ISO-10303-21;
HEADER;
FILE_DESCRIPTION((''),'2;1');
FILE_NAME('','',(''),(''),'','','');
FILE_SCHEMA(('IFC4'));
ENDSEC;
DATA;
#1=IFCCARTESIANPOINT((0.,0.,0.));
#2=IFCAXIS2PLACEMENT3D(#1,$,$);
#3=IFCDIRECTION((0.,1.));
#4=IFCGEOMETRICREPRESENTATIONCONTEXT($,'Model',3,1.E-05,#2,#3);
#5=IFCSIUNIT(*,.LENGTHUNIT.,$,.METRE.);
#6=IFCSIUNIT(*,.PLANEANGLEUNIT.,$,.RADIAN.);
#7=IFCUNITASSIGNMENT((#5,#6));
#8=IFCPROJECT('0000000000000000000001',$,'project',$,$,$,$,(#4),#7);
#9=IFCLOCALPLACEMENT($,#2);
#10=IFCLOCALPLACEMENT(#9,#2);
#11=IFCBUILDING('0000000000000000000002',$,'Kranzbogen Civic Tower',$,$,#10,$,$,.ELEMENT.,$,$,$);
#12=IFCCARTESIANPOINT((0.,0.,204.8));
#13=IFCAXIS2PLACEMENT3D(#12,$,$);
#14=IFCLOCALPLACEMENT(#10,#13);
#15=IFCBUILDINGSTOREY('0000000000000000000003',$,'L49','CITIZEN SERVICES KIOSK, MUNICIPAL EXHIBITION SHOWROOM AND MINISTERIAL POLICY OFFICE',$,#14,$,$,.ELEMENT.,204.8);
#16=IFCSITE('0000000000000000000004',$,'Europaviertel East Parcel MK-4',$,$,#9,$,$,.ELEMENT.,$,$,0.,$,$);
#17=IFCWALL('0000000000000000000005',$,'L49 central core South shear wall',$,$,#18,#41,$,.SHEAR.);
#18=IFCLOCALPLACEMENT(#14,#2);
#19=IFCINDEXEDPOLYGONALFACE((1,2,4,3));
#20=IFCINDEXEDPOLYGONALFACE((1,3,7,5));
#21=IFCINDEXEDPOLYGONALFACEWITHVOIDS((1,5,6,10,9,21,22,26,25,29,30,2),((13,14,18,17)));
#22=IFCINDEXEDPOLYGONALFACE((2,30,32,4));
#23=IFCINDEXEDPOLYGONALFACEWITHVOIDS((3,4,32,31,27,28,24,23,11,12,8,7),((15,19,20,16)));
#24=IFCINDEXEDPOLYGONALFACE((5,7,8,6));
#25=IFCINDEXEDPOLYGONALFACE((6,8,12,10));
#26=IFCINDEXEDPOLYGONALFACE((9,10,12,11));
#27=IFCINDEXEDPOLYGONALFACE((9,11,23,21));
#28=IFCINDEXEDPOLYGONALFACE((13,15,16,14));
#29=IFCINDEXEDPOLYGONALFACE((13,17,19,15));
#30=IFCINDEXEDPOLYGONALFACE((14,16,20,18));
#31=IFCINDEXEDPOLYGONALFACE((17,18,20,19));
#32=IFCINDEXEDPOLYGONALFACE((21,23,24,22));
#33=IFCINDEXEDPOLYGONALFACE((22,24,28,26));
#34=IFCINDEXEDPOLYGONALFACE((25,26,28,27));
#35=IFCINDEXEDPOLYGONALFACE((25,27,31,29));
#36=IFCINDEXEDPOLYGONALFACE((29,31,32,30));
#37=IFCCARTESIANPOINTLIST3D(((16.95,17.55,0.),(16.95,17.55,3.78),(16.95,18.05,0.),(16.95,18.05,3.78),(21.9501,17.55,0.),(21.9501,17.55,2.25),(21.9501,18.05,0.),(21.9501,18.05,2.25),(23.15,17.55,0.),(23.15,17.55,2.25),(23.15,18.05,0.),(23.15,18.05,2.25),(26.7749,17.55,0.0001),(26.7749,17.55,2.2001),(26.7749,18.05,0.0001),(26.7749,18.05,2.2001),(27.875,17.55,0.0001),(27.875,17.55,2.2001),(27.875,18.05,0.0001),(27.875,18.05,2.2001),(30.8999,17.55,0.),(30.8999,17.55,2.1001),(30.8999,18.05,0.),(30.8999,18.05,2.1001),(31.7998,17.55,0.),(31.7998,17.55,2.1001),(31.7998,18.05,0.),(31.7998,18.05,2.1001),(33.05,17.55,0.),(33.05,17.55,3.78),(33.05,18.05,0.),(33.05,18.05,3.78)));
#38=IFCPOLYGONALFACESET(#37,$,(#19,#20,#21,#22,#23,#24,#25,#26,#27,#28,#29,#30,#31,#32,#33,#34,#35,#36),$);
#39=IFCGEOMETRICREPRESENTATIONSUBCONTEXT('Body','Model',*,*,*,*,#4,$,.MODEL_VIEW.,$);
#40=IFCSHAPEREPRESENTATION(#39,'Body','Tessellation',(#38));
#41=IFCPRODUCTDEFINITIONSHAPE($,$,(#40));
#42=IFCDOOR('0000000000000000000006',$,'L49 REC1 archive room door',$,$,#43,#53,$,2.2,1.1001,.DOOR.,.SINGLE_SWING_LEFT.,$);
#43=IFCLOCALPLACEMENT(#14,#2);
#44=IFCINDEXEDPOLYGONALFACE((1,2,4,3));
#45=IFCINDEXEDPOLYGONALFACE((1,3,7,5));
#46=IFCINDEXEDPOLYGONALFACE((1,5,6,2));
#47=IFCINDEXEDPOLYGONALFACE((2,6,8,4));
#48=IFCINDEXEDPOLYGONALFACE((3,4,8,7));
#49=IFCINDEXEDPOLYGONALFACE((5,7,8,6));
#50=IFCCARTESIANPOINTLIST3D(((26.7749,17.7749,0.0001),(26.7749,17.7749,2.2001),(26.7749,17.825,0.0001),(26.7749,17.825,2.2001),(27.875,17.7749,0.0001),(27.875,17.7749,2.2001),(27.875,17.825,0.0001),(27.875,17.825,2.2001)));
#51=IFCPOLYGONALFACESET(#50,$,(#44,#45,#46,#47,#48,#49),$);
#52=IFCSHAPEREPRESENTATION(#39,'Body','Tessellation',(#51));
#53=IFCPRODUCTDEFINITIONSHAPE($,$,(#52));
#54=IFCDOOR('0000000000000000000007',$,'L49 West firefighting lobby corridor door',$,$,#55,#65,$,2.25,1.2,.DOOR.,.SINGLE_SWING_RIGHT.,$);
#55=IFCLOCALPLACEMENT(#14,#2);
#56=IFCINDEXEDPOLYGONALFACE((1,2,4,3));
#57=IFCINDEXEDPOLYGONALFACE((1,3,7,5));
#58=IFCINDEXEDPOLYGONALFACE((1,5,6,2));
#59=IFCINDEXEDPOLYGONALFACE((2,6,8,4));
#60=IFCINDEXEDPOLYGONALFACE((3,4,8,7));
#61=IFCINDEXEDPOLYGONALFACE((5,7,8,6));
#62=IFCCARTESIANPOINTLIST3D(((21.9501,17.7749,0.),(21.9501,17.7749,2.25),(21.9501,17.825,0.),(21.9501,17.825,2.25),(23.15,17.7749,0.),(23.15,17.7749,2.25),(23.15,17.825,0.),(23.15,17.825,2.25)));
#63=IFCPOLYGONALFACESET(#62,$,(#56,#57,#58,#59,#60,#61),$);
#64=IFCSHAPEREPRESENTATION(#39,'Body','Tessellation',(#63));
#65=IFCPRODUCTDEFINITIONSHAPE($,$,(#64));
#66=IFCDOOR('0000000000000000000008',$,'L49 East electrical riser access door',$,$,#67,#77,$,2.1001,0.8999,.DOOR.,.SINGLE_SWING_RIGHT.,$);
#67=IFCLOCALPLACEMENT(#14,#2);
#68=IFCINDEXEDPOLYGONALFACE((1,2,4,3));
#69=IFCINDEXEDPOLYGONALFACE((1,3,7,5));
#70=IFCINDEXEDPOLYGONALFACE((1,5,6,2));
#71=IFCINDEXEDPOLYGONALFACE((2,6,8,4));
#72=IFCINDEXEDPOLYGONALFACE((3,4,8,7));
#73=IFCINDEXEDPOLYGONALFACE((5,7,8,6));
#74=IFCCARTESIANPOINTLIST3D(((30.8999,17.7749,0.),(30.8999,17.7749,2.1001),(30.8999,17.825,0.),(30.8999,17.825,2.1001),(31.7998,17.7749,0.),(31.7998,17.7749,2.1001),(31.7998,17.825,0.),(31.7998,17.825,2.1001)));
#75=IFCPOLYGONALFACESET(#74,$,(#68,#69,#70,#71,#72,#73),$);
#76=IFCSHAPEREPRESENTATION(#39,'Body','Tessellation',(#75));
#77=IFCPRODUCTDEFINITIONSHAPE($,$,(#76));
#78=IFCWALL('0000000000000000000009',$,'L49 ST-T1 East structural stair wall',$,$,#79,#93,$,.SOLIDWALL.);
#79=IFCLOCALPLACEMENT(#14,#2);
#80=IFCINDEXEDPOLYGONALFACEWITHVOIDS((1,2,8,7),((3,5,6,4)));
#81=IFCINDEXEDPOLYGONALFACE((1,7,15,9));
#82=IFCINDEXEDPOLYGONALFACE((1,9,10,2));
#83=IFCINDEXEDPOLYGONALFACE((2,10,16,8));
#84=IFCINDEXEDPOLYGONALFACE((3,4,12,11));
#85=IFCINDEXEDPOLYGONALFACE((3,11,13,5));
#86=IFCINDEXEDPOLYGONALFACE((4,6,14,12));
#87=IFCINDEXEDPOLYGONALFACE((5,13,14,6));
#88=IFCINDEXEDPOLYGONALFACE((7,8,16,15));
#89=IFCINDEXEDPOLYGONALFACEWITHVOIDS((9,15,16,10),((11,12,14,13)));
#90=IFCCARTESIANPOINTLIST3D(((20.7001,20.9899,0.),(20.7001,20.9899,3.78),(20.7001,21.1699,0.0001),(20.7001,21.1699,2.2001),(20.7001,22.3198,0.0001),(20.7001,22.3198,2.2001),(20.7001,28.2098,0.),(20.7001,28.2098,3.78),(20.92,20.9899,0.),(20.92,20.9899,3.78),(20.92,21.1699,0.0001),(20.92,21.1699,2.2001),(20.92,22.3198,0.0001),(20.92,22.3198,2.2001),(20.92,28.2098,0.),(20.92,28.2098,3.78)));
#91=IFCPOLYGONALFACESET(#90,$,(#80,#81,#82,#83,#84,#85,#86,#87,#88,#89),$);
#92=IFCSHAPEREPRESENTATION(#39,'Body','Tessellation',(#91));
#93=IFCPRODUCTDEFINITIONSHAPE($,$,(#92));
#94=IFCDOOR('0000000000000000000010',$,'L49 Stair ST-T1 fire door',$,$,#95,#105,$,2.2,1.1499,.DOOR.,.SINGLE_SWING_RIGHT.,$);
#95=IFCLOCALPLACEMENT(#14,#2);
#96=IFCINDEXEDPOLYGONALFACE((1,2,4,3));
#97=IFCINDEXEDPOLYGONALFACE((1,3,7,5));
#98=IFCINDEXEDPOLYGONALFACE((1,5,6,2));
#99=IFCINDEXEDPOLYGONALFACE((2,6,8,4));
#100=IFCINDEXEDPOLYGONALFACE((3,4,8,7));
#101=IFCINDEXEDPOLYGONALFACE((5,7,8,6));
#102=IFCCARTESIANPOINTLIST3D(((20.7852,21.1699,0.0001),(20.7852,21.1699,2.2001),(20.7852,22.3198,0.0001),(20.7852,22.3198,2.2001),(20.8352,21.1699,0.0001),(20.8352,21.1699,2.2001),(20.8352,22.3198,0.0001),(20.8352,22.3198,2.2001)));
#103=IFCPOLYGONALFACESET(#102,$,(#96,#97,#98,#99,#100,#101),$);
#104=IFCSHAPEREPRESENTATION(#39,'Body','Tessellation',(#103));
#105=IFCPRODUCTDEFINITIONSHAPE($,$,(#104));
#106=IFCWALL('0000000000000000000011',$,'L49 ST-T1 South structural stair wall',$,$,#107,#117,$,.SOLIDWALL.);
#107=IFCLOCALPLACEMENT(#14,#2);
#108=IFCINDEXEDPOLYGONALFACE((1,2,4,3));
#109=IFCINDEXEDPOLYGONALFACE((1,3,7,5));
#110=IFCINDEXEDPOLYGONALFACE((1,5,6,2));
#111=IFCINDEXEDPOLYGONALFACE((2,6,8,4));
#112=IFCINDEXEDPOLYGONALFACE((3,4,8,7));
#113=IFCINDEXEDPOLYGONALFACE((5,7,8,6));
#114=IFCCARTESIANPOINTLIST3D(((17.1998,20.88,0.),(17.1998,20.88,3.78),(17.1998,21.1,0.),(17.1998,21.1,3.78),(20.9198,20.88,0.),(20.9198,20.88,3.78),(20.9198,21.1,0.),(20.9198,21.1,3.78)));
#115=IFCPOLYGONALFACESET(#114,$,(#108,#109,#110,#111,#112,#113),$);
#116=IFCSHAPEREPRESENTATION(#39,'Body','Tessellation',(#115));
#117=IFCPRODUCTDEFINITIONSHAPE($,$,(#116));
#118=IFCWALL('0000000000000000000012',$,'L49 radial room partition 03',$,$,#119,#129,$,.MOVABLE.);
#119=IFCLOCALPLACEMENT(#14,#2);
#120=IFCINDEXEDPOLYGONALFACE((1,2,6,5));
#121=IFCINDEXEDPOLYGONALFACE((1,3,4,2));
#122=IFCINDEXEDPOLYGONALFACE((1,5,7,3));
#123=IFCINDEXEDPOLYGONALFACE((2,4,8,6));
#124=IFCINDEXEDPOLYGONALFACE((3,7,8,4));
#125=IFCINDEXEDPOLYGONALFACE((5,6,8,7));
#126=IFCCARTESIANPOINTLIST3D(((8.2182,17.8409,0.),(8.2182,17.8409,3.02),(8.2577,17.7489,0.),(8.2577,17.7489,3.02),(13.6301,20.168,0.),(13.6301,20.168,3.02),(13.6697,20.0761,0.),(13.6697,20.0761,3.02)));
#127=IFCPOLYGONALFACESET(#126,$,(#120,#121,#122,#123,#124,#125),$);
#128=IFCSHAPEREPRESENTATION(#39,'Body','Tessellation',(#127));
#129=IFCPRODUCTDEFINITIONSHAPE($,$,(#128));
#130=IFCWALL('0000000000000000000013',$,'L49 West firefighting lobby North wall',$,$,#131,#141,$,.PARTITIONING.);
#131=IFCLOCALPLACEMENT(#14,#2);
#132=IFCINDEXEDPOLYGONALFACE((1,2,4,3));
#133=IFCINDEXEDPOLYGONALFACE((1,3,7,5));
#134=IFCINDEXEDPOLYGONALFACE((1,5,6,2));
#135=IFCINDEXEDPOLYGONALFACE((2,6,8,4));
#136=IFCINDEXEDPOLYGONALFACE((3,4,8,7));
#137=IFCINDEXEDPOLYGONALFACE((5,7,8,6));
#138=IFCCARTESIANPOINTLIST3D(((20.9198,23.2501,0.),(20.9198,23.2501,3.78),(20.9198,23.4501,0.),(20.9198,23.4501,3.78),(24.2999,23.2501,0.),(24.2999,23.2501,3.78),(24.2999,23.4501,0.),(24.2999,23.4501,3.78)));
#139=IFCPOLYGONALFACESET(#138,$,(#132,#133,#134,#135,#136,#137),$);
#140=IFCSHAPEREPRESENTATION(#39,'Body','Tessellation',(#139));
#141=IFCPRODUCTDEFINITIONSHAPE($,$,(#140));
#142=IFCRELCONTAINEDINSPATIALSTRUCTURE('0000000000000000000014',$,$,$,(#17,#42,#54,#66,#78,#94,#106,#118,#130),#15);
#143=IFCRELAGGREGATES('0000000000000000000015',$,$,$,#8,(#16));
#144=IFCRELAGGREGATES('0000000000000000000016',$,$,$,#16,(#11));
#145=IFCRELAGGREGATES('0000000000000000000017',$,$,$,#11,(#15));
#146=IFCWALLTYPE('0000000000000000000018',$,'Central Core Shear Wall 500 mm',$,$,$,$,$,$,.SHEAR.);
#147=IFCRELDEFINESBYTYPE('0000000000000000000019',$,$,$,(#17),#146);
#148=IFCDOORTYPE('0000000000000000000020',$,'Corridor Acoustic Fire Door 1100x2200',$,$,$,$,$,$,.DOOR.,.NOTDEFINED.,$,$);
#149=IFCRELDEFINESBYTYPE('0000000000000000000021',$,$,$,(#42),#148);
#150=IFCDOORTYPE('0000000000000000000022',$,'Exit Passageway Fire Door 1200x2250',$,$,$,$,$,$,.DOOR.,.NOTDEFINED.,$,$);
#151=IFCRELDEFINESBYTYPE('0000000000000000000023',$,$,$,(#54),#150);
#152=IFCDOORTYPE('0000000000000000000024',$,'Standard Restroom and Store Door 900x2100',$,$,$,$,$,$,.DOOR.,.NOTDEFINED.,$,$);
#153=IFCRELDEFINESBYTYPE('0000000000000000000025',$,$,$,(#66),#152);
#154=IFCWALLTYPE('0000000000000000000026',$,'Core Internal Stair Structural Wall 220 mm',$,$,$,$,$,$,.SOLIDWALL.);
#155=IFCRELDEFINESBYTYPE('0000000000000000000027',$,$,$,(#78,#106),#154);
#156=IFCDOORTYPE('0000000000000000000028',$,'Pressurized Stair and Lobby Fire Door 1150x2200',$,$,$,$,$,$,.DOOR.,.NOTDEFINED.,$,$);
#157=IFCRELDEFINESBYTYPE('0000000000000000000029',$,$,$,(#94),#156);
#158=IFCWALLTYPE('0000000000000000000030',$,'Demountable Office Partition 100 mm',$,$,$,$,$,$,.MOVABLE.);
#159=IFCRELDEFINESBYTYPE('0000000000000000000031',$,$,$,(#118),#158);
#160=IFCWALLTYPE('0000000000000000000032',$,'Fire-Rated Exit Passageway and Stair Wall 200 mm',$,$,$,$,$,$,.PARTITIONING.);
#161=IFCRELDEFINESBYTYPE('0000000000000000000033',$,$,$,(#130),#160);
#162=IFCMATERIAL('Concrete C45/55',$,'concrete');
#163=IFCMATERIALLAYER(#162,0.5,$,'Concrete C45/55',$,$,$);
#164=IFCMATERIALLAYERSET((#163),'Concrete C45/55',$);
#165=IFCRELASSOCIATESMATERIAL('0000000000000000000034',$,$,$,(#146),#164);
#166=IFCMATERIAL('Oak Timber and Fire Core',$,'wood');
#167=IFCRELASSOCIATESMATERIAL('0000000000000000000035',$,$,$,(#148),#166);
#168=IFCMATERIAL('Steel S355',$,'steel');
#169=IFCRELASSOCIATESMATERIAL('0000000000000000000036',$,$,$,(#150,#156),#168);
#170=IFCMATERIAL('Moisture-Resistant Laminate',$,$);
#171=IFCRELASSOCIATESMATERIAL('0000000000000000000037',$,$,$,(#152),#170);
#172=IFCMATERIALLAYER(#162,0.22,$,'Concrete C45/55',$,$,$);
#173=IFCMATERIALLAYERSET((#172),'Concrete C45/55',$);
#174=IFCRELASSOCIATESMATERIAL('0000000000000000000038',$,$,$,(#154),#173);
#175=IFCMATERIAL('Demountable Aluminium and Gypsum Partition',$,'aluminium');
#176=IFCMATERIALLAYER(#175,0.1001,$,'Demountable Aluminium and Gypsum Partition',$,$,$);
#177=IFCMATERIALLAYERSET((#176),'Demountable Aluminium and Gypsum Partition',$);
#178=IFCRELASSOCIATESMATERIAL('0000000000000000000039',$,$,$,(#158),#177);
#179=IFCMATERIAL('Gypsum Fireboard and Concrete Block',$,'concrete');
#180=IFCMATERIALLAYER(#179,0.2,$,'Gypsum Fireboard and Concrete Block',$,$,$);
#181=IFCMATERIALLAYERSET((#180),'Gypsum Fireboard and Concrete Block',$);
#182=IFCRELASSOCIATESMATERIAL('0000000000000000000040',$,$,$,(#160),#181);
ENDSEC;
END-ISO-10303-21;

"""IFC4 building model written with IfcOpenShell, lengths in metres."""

from ifc_helpers import new_model, si_unit, direction, frame, frame_2d, origin, place, context, subcontext, project, spatial, rectangle, extrude, material, layer, layer_set, type_object, element, fill, save


model = new_model("IFC4")

# Units and contexts
model_context = context("Model", 3, precision=1e-05, world=origin(), true_north=direction((0.0, 1.0)))
body_context = subcontext(model_context, "Body", "Model", "MODEL_VIEW")
ifc_project = project(units=[si_unit("LENGTHUNIT", "METRE"), si_unit("PLANEANGLEUNIT", "RADIAN")], contexts=[model_context])

# Site, building, storey
site_placement = place(None, origin())
site = spatial("IfcSite", under=ifc_project, at=site_placement, Name="Europaviertel East Parcel MK-4", CompositionType="ELEMENT", RefElevation=0.0)
building_placement = place(site_placement, origin())
building = spatial("IfcBuilding", under=site, at=building_placement, Name="Kranzbogen Civic Tower", CompositionType="ELEMENT")
storey_placement = place(building_placement, frame((0.0, 0.0, 204.8)))
storey = spatial("IfcBuildingStorey", under=building, at=storey_placement, Name="L49", Description="CITIZEN SERVICES KIOSK, MUNICIPAL EXHIBITION SHOWROOM AND MINISTERIAL POLICY OFFICE", CompositionType="ELEMENT", Elevation=204.8)

# Shared definitions
ifc_material_1 = material(Name="Steel S355", Category="steel")

# Wall, openings, doors
ifc_material_2 = material(Name="Concrete C45/55", Category="concrete")
ifc_layer_1 = layer(ifc_material_2, 0.5, Name="Concrete C45/55")
ifc_layer_set_1 = layer_set([ifc_layer_1], Name="Concrete C45/55")
wall_type_1 = type_object("IfcWallType", Name="Central Core Shear Wall 500 mm", PredefinedType="SHEAR", material=ifc_layer_set_1)
wall_1_placement = place(storey_placement, frame((16.95, 17.8, 0.0), z_axis=(0.0, 0.0, 1.0), x_axis=(1.0, 0.0, 0.0)))
wall_1 = element("IfcWall", 1, at=wall_1_placement, inside=storey, type_object=wall_type_1, Name="L49 central core South shear wall", PredefinedType="SHEAR", context=body_context, shape_type="SweptSolid", body=[
    extrude(rectangle(XDim=16.1001, YDim=0.5, at=frame_2d((8.05, 0.0))), origin(), (0.0, 0.0, 1.0), 3.78),
])
opening_1_placement = place(wall_1_placement, frame((5.0, 0.0, 0.0)))
opening_1 = element("IfcOpeningElement", 2, at=opening_1_placement, cuts=wall_1, PredefinedType="OPENING", context=body_context, shape_type="SweptSolid", body=[
    extrude(rectangle(XDim=1.2, YDim=2.25, at=frame_2d((0.6001, 1.125))), frame((0.0, 0.26, 0.0), z_axis=(0.0, -1.0, 0.0), x_axis=(1.0, 0.0, 0.0)), (0.0, 0.0, 1.0), 0.52),
])
opening_2_placement = place(wall_1_placement, frame((13.95, 0.0, 0.0)))
opening_2 = element("IfcOpeningElement", 3, at=opening_2_placement, cuts=wall_1, PredefinedType="OPENING", context=body_context, shape_type="SweptSolid", body=[
    extrude(rectangle(XDim=0.8999, YDim=2.1001, at=frame_2d((0.45, 1.05))), frame((0.0, 0.26, 0.0), z_axis=(0.0, -1.0, 0.0), x_axis=(1.0, 0.0, 0.0)), (0.0, 0.0, 1.0), 0.52),
])
opening_3_placement = place(wall_1_placement, frame((9.825, 0.0, 0.0)))
opening_3 = element("IfcOpeningElement", 4, at=opening_3_placement, cuts=wall_1, PredefinedType="OPENING", context=body_context, shape_type="SweptSolid", body=[
    extrude(rectangle(XDim=1.1001, YDim=2.2, at=frame_2d((0.55, 1.1001))), frame((0.0, 0.26, 0.0), z_axis=(0.0, -1.0, 0.0), x_axis=(1.0, 0.0, 0.0)), (0.0, 0.0, 1.0), 0.52),
])
ifc_material_3 = material(Name="Oak Timber and Fire Core", Category="wood")
door_type_1 = type_object("IfcDoorType", Name="Corridor Acoustic Fire Door 1100x2200", OperationType="NOTDEFINED", PredefinedType="DOOR", material=ifc_material_3)
door_1_placement = place(opening_3_placement, origin())
door_1 = element("IfcDoor", 5, at=door_1_placement, inside=storey, type_object=door_type_1, Name="L49 REC1 archive room door", OperationType="SINGLE_SWING_LEFT", OverallHeight=2.2, OverallWidth=1.1001, PredefinedType="DOOR", context=body_context, shape_type="SweptSolid", body=[
    extrude(rectangle(XDim=1.1001, YDim=2.2, at=frame_2d((0.55, 1.1001))), frame((0.0, 0.0249, 0.0), z_axis=(0.0, -1.0, 0.0), x_axis=(1.0, 0.0, 0.0)), (0.0, 0.0, 1.0), 0.05),
])
fill(opening_3, door_1)
door_type_2 = type_object("IfcDoorType", Name="Exit Passageway Fire Door 1200x2250", OperationType="NOTDEFINED", PredefinedType="DOOR", material=ifc_material_1)
door_2_placement = place(opening_1_placement, origin())
door_2 = element("IfcDoor", 6, at=door_2_placement, inside=storey, type_object=door_type_2, Name="L49 West firefighting lobby corridor door", OperationType="SINGLE_SWING_RIGHT", OverallHeight=2.25, OverallWidth=1.2, PredefinedType="DOOR", context=body_context, shape_type="SweptSolid", body=[
    extrude(rectangle(XDim=1.2, YDim=2.25, at=frame_2d((0.6001, 1.125))), frame((0.0, 0.0249, 0.0), z_axis=(0.0, -1.0, 0.0), x_axis=(1.0, 0.0, 0.0)), (0.0, 0.0, 1.0), 0.05),
])
fill(opening_1, door_2)
ifc_material_4 = material(Name="Moisture-Resistant Laminate")
door_type_3 = type_object("IfcDoorType", Name="Standard Restroom and Store Door 900x2100", OperationType="NOTDEFINED", PredefinedType="DOOR", material=ifc_material_4)
door_3_placement = place(opening_2_placement, origin())
door_3 = element("IfcDoor", 7, at=door_3_placement, inside=storey, type_object=door_type_3, Name="L49 East electrical riser access door", OperationType="SINGLE_SWING_RIGHT", OverallHeight=2.1001, OverallWidth=0.8999, PredefinedType="DOOR", context=body_context, shape_type="SweptSolid", body=[
    extrude(rectangle(XDim=0.8999, YDim=2.1001, at=frame_2d((0.45, 1.05))), frame((0.0, 0.0249, 0.0), z_axis=(0.0, -1.0, 0.0), x_axis=(1.0, 0.0, 0.0)), (0.0, 0.0, 1.0), 0.05),
])
fill(opening_2, door_3)

# Wall, opening, door
ifc_layer_2 = layer(ifc_material_2, 0.22, Name="Concrete C45/55")
ifc_layer_set_2 = layer_set([ifc_layer_2], Name="Concrete C45/55")
wall_type_2 = type_object("IfcWallType", Name="Core Internal Stair Structural Wall 220 mm", PredefinedType="SOLIDWALL", material=ifc_layer_set_2)
wall_2_placement = place(storey_placement, frame((20.8101, 20.99, 0.0), z_axis=(0.0, 0.0, 1.0), x_axis=(0.0, 1.0, 0.0)))
wall_2 = element("IfcWall", 8, at=wall_2_placement, inside=storey, type_object=wall_type_2, Name="L49 ST-T1 East structural stair wall", PredefinedType="SOLIDWALL", context=body_context, shape_type="SweptSolid", body=[
    extrude(rectangle(XDim=7.22, YDim=0.22, at=frame_2d((3.6099, 0.0))), origin(), (0.0, 0.0, 1.0), 3.78),
])
opening_4_placement = place(wall_2_placement, frame((0.1799, 0.0, 0.0)))
opening_4 = element("IfcOpeningElement", 9, at=opening_4_placement, cuts=wall_2, PredefinedType="OPENING", context=body_context, shape_type="SweptSolid", body=[
    extrude(rectangle(XDim=1.1499, YDim=2.2, at=frame_2d((0.575, 1.1001))), frame((0.0, 0.1201, 0.0), z_axis=(0.0, -1.0, 0.0), x_axis=(1.0, 0.0, 0.0)), (0.0, 0.0, 1.0), 0.24),
])
door_type_4 = type_object("IfcDoorType", Name="Pressurized Stair and Lobby Fire Door 1150x2200", OperationType="NOTDEFINED", PredefinedType="DOOR", material=ifc_material_1)
door_4_placement = place(opening_4_placement, origin())
door_4 = element("IfcDoor", 10, at=door_4_placement, inside=storey, type_object=door_type_4, Name="L49 Stair ST-T1 fire door", OperationType="SINGLE_SWING_RIGHT", OverallHeight=2.2, OverallWidth=1.1499, PredefinedType="DOOR", context=body_context, shape_type="SweptSolid", body=[
    extrude(rectangle(XDim=1.1499, YDim=2.2, at=frame_2d((0.575, 1.1001))), frame((0.0, 0.0249, 0.0), z_axis=(0.0, -1.0, 0.0), x_axis=(1.0, 0.0, 0.0)), (0.0, 0.0, 1.0), 0.05),
])
fill(opening_4, door_4)

# Walls
wall_3_placement = place(storey_placement, frame((17.2, 20.99, 0.0), z_axis=(0.0, 0.0, 1.0), x_axis=(1.0, 0.0, 0.0)))
element("IfcWall", 11, at=wall_3_placement, inside=storey, type_object=wall_type_2, Name="L49 ST-T1 South structural stair wall", PredefinedType="SOLIDWALL", context=body_context, shape_type="SweptSolid", body=[
    extrude(rectangle(XDim=3.72, YDim=0.22, at=frame_2d((1.8599, 0.0))), origin(), (0.0, 0.0, 1.0), 3.78),
])
ifc_material_5 = material(Name="Demountable Aluminium and Gypsum Partition", Category="aluminium")
ifc_layer_3 = layer(ifc_material_5, 0.1001, Name="Demountable Aluminium and Gypsum Partition")
ifc_layer_set_3 = layer_set([ifc_layer_3], Name="Demountable Aluminium and Gypsum Partition")
wall_type_3 = type_object("IfcWallType", Name="Demountable Office Partition 100 mm", PredefinedType="MOVABLE", material=ifc_layer_set_3)
wall_4_placement = place(storey_placement, frame((13.6499, 20.1221, 0.0), z_axis=(0.0, 0.0, 1.0), x_axis=(-0.918666, -0.395034, 0.0)))
element("IfcWall", 12, at=wall_4_placement, inside=storey, type_object=wall_type_3, Name="L49 radial room partition 03", PredefinedType="MOVABLE", context=body_context, shape_type="SweptSolid", body=[
    extrude(rectangle(XDim=5.8911, YDim=0.1001, at=frame_2d((2.9456, 0.0))), origin(), (0.0, 0.0, 1.0), 3.02),
])
ifc_material_6 = material(Name="Gypsum Fireboard and Concrete Block", Category="concrete")
ifc_layer_4 = layer(ifc_material_6, 0.2, Name="Gypsum Fireboard and Concrete Block")
ifc_layer_set_4 = layer_set([ifc_layer_4], Name="Gypsum Fireboard and Concrete Block")
wall_type_4 = type_object("IfcWallType", Name="Fire-Rated Exit Passageway and Stair Wall 200 mm", PredefinedType="PARTITIONING", material=ifc_layer_set_4)
wall_5_placement = place(storey_placement, frame((20.9199, 23.3501, 0.0), z_axis=(0.0, 0.0, 1.0), x_axis=(1.0, 0.0, 0.0)))
element("IfcWall", 13, at=wall_5_placement, inside=storey, type_object=wall_type_4, Name="L49 West firefighting lobby North wall", PredefinedType="PARTITIONING", context=body_context, shape_type="SweptSolid", body=[
    extrude(rectangle(XDim=3.3801, YDim=0.2, at=frame_2d((1.6899, 0.0))), origin(), (0.0, 0.0, 1.0), 3.78),
])

save(model, "model.ifc")
